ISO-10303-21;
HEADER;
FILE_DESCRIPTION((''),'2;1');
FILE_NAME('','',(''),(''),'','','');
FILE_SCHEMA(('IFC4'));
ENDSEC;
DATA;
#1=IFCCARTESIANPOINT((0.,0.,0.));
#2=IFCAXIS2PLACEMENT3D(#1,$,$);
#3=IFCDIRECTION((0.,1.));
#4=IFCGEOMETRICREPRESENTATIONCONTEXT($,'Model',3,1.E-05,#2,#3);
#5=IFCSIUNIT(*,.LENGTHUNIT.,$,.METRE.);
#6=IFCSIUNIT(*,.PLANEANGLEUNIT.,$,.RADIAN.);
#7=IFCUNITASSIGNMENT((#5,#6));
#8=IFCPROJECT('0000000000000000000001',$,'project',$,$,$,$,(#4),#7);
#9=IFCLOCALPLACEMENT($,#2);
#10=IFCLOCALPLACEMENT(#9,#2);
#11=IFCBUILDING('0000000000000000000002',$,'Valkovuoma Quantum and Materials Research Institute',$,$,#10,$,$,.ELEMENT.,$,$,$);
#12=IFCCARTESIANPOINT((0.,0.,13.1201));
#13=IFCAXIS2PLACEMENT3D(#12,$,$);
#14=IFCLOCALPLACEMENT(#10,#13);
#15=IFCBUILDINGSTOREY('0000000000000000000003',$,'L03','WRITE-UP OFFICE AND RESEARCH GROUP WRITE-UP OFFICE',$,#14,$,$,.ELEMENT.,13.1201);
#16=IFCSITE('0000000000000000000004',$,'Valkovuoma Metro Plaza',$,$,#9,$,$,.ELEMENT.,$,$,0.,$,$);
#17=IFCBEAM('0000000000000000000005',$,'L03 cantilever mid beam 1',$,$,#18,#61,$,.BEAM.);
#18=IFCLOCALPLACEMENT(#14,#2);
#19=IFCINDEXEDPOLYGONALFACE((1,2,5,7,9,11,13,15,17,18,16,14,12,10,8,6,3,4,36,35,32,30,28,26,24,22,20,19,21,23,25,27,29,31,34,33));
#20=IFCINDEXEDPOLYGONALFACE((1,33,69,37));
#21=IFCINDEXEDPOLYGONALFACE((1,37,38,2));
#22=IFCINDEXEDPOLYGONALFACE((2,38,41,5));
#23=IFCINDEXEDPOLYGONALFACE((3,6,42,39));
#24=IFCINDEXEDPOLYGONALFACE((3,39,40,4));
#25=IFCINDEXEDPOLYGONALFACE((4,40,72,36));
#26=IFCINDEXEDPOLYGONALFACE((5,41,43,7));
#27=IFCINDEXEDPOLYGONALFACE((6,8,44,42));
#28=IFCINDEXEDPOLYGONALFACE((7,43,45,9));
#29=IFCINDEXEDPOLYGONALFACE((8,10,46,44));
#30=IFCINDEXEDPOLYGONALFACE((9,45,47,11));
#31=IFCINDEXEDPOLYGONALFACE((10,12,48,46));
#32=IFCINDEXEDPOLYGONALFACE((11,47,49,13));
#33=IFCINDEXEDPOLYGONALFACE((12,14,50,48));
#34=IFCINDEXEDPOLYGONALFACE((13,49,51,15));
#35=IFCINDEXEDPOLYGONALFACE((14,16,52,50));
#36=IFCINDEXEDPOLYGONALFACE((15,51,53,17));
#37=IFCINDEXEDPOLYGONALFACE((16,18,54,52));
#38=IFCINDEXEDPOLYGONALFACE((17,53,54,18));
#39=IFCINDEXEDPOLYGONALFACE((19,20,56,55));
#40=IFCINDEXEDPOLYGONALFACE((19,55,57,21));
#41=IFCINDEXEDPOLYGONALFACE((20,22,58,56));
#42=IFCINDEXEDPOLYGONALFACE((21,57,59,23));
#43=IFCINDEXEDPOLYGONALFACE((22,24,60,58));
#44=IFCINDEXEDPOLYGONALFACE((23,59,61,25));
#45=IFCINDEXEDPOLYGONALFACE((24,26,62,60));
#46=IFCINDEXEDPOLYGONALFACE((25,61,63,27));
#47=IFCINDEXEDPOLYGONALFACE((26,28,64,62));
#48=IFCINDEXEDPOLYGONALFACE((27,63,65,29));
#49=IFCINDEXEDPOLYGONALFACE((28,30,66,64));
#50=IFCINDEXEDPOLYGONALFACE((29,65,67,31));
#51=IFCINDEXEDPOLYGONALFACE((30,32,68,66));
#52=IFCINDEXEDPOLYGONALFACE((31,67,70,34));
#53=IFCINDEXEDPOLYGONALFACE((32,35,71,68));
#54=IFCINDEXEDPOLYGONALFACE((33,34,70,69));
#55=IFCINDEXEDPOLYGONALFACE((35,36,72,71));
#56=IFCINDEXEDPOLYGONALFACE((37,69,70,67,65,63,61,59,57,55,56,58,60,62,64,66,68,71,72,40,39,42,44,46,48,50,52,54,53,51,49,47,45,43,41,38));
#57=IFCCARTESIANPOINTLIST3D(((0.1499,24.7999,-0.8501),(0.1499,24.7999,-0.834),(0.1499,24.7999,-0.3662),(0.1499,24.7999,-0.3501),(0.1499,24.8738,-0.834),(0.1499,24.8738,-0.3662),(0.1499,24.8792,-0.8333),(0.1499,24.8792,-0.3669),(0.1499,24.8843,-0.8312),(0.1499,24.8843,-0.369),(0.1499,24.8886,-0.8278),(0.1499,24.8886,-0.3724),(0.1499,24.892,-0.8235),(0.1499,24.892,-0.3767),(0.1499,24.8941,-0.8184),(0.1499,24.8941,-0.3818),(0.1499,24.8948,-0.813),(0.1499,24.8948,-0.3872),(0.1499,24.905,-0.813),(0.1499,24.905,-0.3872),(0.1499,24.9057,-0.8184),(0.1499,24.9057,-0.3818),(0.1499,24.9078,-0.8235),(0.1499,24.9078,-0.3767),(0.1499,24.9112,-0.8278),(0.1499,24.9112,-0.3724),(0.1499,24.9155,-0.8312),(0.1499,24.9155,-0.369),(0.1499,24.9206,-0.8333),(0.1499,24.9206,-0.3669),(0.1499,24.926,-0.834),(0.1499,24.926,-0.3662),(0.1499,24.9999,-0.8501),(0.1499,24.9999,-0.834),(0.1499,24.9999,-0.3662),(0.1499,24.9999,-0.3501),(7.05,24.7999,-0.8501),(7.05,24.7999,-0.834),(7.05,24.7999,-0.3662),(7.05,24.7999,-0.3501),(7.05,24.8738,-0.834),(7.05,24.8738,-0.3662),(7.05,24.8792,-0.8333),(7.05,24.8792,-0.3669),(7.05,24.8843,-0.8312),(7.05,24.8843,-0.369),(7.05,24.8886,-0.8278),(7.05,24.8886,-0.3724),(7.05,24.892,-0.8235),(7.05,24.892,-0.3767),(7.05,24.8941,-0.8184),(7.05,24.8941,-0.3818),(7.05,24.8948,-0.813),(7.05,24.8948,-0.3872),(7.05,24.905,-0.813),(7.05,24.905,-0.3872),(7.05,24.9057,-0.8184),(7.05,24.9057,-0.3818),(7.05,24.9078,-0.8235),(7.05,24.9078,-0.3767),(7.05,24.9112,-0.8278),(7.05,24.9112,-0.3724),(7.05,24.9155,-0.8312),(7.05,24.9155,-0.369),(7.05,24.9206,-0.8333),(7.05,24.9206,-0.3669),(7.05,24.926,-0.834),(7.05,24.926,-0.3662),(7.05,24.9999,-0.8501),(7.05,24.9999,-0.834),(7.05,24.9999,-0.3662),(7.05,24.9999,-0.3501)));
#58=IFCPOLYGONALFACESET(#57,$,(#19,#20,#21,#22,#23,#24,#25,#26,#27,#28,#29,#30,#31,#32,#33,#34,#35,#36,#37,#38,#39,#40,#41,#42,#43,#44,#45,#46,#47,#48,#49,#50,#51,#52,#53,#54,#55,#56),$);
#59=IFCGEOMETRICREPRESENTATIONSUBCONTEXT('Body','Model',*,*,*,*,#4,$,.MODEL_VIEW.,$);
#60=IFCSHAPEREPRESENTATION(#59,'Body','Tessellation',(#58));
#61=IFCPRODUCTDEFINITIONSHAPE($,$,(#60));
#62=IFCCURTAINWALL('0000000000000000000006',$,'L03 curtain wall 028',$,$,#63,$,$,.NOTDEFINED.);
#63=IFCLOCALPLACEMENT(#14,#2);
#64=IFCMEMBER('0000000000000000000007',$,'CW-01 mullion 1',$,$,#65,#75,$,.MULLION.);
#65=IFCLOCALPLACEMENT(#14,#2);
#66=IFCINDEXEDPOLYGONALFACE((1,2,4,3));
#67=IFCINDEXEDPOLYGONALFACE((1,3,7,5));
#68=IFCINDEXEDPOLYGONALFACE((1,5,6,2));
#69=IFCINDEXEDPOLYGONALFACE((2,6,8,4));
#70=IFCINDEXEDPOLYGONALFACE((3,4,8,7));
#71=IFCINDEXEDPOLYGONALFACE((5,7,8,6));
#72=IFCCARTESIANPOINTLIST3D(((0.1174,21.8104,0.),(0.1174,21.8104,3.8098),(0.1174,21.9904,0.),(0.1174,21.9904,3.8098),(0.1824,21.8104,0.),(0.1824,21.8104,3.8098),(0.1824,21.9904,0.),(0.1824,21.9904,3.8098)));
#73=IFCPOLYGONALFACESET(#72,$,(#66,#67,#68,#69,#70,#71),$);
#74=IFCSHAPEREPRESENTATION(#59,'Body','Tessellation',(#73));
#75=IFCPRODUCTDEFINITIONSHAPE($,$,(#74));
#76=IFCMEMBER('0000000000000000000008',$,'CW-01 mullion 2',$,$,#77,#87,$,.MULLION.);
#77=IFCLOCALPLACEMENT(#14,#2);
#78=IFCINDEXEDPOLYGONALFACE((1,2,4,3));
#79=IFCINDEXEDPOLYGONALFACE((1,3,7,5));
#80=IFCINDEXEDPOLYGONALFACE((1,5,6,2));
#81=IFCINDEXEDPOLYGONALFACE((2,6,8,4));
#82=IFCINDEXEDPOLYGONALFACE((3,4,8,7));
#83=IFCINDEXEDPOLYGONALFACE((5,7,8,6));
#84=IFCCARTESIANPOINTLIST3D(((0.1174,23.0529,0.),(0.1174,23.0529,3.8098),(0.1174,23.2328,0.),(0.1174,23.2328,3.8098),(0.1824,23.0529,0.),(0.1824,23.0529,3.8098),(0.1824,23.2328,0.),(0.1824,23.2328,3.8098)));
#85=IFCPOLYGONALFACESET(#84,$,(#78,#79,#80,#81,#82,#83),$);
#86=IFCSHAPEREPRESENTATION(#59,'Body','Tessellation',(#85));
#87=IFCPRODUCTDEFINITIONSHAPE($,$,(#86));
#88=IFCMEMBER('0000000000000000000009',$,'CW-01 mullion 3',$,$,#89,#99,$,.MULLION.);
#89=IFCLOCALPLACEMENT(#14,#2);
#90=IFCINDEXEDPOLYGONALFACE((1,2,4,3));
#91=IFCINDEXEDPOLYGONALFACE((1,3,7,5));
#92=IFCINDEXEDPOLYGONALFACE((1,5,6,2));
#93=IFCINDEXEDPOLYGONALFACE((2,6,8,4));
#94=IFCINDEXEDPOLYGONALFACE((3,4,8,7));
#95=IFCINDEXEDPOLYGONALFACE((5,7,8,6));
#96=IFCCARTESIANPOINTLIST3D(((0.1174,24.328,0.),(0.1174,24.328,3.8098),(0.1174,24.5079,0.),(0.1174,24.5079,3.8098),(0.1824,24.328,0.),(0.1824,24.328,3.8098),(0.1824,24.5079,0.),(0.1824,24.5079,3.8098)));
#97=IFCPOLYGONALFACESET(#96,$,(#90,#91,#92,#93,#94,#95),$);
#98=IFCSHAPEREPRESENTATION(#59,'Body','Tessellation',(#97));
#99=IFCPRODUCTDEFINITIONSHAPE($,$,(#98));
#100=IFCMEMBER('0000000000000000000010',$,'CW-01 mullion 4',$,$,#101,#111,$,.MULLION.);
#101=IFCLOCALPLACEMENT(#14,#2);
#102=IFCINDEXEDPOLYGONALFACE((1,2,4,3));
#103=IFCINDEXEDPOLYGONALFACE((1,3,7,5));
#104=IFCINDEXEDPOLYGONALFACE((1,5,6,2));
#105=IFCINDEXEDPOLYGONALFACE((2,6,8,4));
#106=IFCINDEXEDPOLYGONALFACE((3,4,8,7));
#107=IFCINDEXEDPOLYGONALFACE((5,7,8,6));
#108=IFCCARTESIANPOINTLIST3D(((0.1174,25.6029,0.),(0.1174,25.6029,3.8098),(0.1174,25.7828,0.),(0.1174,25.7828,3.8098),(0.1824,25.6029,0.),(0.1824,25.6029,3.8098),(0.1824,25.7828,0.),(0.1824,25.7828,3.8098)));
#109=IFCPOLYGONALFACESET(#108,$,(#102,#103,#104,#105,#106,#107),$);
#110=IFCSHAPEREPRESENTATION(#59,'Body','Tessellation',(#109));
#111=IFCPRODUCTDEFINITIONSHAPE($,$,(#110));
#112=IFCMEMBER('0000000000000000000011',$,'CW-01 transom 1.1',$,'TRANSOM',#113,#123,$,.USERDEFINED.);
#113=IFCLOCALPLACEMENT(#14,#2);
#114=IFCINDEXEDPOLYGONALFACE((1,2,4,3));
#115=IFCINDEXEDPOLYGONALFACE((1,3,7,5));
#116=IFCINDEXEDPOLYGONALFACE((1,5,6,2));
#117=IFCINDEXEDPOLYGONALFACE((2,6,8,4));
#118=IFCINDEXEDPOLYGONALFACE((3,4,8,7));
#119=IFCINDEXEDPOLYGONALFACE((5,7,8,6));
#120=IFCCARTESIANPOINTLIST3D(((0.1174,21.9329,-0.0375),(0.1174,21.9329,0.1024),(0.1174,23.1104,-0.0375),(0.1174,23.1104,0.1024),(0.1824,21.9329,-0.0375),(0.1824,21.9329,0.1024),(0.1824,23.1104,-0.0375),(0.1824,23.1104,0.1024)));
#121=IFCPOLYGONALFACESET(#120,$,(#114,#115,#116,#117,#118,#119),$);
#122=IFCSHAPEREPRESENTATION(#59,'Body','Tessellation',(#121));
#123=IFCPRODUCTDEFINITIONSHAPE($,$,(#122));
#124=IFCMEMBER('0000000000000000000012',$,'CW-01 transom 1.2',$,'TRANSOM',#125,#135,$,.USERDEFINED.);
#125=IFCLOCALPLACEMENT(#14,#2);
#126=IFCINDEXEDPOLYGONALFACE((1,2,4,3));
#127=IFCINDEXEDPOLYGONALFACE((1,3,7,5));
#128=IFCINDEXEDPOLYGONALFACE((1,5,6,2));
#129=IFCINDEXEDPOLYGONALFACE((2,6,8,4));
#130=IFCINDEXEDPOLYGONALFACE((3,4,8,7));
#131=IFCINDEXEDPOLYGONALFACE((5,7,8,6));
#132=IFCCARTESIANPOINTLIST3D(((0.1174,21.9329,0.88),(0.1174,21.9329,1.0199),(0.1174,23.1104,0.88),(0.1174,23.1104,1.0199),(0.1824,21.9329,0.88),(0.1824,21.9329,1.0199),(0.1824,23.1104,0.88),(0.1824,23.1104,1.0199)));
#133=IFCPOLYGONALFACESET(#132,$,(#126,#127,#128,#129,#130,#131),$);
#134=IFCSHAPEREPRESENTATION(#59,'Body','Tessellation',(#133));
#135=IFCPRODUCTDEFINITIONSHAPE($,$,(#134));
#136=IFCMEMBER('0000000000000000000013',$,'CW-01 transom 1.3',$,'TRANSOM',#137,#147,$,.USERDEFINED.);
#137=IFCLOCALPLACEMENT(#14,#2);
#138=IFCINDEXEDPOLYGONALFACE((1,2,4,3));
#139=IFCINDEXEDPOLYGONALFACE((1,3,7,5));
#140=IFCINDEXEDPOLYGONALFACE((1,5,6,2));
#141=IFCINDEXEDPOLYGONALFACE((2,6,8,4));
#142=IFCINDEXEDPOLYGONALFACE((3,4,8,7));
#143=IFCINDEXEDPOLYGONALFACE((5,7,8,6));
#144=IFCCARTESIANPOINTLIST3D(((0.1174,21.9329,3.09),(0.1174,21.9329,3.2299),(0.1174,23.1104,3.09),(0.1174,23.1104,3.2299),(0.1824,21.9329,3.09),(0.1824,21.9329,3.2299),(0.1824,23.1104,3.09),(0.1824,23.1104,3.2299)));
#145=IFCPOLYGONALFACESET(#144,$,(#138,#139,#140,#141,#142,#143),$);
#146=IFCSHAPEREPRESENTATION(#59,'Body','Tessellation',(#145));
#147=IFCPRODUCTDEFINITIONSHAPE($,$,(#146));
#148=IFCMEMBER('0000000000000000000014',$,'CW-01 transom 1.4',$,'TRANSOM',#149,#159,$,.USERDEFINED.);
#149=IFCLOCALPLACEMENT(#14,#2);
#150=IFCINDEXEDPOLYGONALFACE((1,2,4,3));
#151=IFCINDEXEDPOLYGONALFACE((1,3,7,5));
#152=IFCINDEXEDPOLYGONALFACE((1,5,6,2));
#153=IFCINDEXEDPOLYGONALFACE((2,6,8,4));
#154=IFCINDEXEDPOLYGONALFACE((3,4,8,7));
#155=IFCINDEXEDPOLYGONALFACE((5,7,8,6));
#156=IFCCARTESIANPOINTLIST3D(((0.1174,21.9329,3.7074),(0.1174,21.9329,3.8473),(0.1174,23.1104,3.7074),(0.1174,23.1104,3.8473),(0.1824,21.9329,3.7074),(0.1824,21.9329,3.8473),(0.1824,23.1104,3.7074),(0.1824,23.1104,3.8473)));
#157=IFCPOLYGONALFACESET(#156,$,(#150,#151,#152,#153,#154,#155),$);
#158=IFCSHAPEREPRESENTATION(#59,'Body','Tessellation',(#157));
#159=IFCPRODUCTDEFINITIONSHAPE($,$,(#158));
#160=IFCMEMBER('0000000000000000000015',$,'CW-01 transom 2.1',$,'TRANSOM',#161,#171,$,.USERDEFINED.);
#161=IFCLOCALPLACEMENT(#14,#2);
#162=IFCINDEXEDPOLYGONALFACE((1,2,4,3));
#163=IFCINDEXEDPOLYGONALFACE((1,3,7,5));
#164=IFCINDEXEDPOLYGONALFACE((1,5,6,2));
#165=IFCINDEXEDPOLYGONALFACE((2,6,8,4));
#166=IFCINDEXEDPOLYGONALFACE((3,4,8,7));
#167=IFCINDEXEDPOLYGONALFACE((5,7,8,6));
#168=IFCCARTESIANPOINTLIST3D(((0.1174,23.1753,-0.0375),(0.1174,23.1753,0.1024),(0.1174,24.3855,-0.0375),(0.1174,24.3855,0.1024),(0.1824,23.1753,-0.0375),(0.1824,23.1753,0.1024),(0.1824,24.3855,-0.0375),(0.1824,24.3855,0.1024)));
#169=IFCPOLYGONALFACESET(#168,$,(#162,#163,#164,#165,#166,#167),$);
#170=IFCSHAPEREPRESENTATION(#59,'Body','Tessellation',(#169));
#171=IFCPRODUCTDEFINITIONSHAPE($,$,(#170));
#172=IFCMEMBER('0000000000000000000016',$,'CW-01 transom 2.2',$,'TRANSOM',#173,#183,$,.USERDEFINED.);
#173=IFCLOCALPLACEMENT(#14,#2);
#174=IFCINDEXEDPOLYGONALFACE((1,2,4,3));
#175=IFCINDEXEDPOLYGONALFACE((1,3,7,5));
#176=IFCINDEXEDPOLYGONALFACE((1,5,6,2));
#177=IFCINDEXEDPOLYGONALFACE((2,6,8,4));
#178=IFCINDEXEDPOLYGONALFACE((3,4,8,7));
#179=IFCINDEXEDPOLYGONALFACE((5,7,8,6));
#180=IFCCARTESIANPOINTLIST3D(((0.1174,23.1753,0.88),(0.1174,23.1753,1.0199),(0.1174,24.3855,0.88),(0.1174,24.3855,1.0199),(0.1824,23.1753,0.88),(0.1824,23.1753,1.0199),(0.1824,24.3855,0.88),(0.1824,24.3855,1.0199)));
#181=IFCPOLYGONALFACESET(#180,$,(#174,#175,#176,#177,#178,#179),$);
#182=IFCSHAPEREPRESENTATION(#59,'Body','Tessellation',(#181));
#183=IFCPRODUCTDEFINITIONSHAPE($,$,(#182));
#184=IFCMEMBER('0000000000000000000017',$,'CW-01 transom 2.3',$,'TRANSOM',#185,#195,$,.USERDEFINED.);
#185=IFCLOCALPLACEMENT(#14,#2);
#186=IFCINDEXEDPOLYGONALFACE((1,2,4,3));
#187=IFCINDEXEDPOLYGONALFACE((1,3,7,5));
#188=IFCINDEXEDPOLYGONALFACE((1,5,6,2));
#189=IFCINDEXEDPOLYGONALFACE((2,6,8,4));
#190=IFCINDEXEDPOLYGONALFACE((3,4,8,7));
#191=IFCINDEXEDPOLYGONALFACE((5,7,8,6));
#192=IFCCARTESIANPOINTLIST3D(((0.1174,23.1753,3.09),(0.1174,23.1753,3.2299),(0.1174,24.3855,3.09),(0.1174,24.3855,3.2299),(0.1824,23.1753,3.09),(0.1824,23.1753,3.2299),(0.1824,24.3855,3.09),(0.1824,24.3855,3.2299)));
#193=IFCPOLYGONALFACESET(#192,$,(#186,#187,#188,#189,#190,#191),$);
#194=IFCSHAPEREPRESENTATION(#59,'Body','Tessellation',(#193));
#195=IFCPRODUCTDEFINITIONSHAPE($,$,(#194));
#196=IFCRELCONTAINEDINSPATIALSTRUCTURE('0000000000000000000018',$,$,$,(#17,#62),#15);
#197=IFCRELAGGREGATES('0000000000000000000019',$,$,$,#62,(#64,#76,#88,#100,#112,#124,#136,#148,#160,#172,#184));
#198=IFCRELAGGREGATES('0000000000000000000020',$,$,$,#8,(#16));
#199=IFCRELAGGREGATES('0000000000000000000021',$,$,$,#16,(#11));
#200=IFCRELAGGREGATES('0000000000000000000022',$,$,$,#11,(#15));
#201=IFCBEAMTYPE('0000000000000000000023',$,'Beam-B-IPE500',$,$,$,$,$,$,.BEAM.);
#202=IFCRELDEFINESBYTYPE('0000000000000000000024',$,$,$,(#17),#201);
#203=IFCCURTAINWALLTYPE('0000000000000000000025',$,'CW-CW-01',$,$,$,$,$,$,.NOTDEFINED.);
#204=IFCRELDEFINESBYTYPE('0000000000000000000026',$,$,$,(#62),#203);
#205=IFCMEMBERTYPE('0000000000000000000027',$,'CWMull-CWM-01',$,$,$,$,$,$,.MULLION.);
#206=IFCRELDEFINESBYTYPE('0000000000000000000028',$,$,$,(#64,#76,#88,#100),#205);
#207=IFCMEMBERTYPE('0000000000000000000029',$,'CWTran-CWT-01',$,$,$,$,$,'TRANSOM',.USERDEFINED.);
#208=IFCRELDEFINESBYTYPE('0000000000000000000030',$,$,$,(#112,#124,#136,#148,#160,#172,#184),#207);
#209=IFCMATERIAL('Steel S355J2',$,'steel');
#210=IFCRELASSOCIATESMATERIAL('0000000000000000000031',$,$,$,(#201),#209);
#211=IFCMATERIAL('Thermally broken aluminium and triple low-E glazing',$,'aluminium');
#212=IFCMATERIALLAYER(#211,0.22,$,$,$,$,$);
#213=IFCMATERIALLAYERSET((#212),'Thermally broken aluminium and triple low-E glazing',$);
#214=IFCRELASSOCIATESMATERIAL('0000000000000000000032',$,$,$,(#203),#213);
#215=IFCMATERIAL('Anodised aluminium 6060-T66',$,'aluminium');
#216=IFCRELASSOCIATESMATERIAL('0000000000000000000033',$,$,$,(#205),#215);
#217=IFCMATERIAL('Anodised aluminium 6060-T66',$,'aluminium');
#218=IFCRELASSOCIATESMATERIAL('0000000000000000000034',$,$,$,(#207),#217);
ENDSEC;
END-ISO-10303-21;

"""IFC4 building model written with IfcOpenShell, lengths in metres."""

from ifc_helpers import new_model, si_unit, direction, frame, origin, origin_2d, place, context, subcontext, project, spatial, rectangle, i_section, extrude, material, layer, layer_set, material_profile, profile_set, type_object, element, aggregate, save


model = new_model("IFC4")

# Units and contexts
model_context = context("Model", 3, precision=1e-05, world=origin(), true_north=direction((0.0, 1.0)))
body_context = subcontext(model_context, "Body", "Model", "MODEL_VIEW")
ifc_project = project(units=[si_unit("LENGTHUNIT", "METRE"), si_unit("PLANEANGLEUNIT", "RADIAN")], contexts=[model_context])

# Site, building, storey
site_placement = place(None, origin())
site = spatial("IfcSite", under=ifc_project, at=site_placement, Name="Valkovuoma Metro Plaza", CompositionType="ELEMENT", RefElevation=0.0)
building_placement = place(site_placement, origin())
building = spatial("IfcBuilding", under=site, at=building_placement, Name="Valkovuoma Quantum and Materials Research Institute", CompositionType="ELEMENT")
storey_placement = place(building_placement, frame((0.0, 0.0, 13.1201)))
storey = spatial("IfcBuildingStorey", under=building, at=storey_placement, Name="L03", Description="WRITE-UP OFFICE AND RESEARCH GROUP WRITE-UP OFFICE", CompositionType="ELEMENT", Elevation=13.1201)

# Beam
ifc_material_1 = material(Name="Steel S355J2", Category="steel")
ifc_material_profile_1 = material_profile(ifc_material_1, i_section(OverallWidth=0.2, OverallDepth=0.5, WebThickness=0.0103, FlangeThickness=0.0161, FilletRadius=0.021, at=origin_2d()), Name="Steel S355J2")
ifc_profile_set_1 = profile_set([ifc_material_profile_1], Name="Steel S355J2")
beam_type = type_object("IfcBeamType", Name="Beam-B-IPE500", PredefinedType="BEAM", material=ifc_profile_set_1)
beam_placement = place(storey_placement, frame((0.1499, 24.8999, -0.6001), z_axis=(1.0, 0.0, 0.0), x_axis=(0.0, 1.0, 0.0)))
element("IfcBeam", 1, at=beam_placement, inside=storey, type_object=beam_type, Name="L03 cantilever mid beam 1", PredefinedType="BEAM", context=body_context, shape_type="SweptSolid", body=[
    extrude(i_section(OverallWidth=0.2, OverallDepth=0.5, WebThickness=0.0103, FlangeThickness=0.0161, FilletRadius=0.021, at=origin_2d()), origin(), (0.0, 0.0, 1.0), 6.9001),
])

# Curtain wall, members
ifc_material_2 = material(Name="Thermally broken aluminium and triple low-E glazing", Category="aluminium")
ifc_layer_1 = layer(ifc_material_2, 0.22)
ifc_layer_set_1 = layer_set([ifc_layer_1], Name="Thermally broken aluminium and triple low-E glazing")
curtain_wall_type = type_object("IfcCurtainWallType", Name="CW-CW-01", PredefinedType="NOTDEFINED", material=ifc_layer_set_1)
curtain_wall_placement = place(storey_placement, origin())
curtain_wall = element("IfcCurtainWall", 2, at=curtain_wall_placement, inside=storey, type_object=curtain_wall_type, Name="L03 curtain wall 028", PredefinedType="NOTDEFINED")
ifc_material_3 = material(Name="Anodised aluminium 6060-T66", Category="aluminium")
ifc_material_profile_2 = material_profile(ifc_material_3, rectangle(XDim=0.0649, YDim=0.1799, at=origin_2d()), Name="Anodised aluminium 6060-T66")
ifc_profile_set_2 = profile_set([ifc_material_profile_2], Name="Anodised aluminium 6060-T66")
member_type_1 = type_object("IfcMemberType", Name="CWMull-CWM-01", PredefinedType="MULLION", material=ifc_profile_set_2)
member_1_placement = place(storey_placement, frame((0.1499, 21.9004, 0.0), z_axis=(0.0, 0.0, 1.0), x_axis=(-1.0, 0.0, 0.0)))
member_1 = element("IfcMember", 3, at=member_1_placement, type_object=member_type_1, Name="CW-01 mullion 1", PredefinedType="MULLION", context=body_context, shape_type="SweptSolid", body=[
    extrude(rectangle(XDim=0.0649, YDim=0.1799, at=origin_2d()), origin(), (0.0, 0.0, 1.0), 3.8098),
])
member_2_placement = place(storey_placement, frame((0.1499, 23.1428, 0.0), z_axis=(0.0, 0.0, 1.0), x_axis=(-1.0, 0.0, 0.0)))
member_2 = element("IfcMember", 4, at=member_2_placement, type_object=member_type_1, Name="CW-01 mullion 2", PredefinedType="MULLION", context=body_context, shape_type="SweptSolid", body=[
    extrude(rectangle(XDim=0.0649, YDim=0.1799, at=origin_2d()), origin(), (0.0, 0.0, 1.0), 3.8098),
])
member_3_placement = place(storey_placement, frame((0.1499, 24.418, 0.0), z_axis=(0.0, 0.0, 1.0), x_axis=(-1.0, 0.0, 0.0)))
member_3 = element("IfcMember", 5, at=member_3_placement, type_object=member_type_1, Name="CW-01 mullion 3", PredefinedType="MULLION", context=body_context, shape_type="SweptSolid", body=[
    extrude(rectangle(XDim=0.0649, YDim=0.1799, at=origin_2d()), origin(), (0.0, 0.0, 1.0), 3.8098),
])
member_4_placement = place(storey_placement, frame((0.1499, 25.6929, 0.0), z_axis=(0.0, 0.0, 1.0), x_axis=(-1.0, 0.0, 0.0)))
member_4 = element("IfcMember", 6, at=member_4_placement, type_object=member_type_1, Name="CW-01 mullion 4", PredefinedType="MULLION", context=body_context, shape_type="SweptSolid", body=[
    extrude(rectangle(XDim=0.0649, YDim=0.1799, at=origin_2d()), origin(), (0.0, 0.0, 1.0), 3.8098),
])
ifc_material_4 = material(Name="Anodised aluminium 6060-T66", Category="aluminium")
ifc_material_profile_3 = material_profile(ifc_material_4, rectangle(XDim=0.0649, YDim=0.1399, at=origin_2d()), Name="Anodised aluminium 6060-T66")
ifc_profile_set_3 = profile_set([ifc_material_profile_3], Name="Anodised aluminium 6060-T66")
member_type_2 = type_object("IfcMemberType", Name="CWTran-CWT-01", ElementType="TRANSOM", PredefinedType="USERDEFINED", material=ifc_profile_set_3)
member_5_placement = place(storey_placement, frame((0.1499, 21.9329, 0.0325), z_axis=(0.0, 1.0, 0.0), x_axis=(-1.0, 0.0, 0.0)))
member_5 = element("IfcMember", 7, at=member_5_placement, type_object=member_type_2, Name="CW-01 transom 1.1", ObjectType="TRANSOM", PredefinedType="USERDEFINED", context=body_context, shape_type="SweptSolid", body=[
    extrude(rectangle(XDim=0.0649, YDim=0.1399, at=origin_2d()), origin(), (0.0, 0.0, 1.0), 1.1775),
])
member_6_placement = place(storey_placement, frame((0.1499, 21.9329, 0.95), z_axis=(0.0, 1.0, 0.0), x_axis=(-1.0, 0.0, 0.0)))
member_6 = element("IfcMember", 8, at=member_6_placement, type_object=member_type_2, Name="CW-01 transom 1.2", ObjectType="TRANSOM", PredefinedType="USERDEFINED", context=body_context, shape_type="SweptSolid", body=[
    extrude(rectangle(XDim=0.0649, YDim=0.1399, at=origin_2d()), origin(), (0.0, 0.0, 1.0), 1.1775),
])
member_7_placement = place(storey_placement, frame((0.1499, 21.9329, 3.1599), z_axis=(0.0, 1.0, 0.0), x_axis=(-1.0, 0.0, 0.0)))
member_7 = element("IfcMember", 9, at=member_7_placement, type_object=member_type_2, Name="CW-01 transom 1.3", ObjectType="TRANSOM", PredefinedType="USERDEFINED", context=body_context, shape_type="SweptSolid", body=[
    extrude(rectangle(XDim=0.0649, YDim=0.1399, at=origin_2d()), origin(), (0.0, 0.0, 1.0), 1.1775),
])
member_8_placement = place(storey_placement, frame((0.1499, 21.9329, 3.7773), z_axis=(0.0, 1.0, 0.0), x_axis=(-1.0, 0.0, 0.0)))
member_8 = element("IfcMember", 10, at=member_8_placement, type_object=member_type_2, Name="CW-01 transom 1.4", ObjectType="TRANSOM", PredefinedType="USERDEFINED", context=body_context, shape_type="SweptSolid", body=[
    extrude(rectangle(XDim=0.0649, YDim=0.1399, at=origin_2d()), origin(), (0.0, 0.0, 1.0), 1.1775),
])
member_9_placement = place(storey_placement, frame((0.1499, 23.1753, 0.0325), z_axis=(0.0, 1.0, 0.0), x_axis=(-1.0, 0.0, 0.0)))
member_9 = element("IfcMember", 11, at=member_9_placement, type_object=member_type_2, Name="CW-01 transom 2.1", ObjectType="TRANSOM", PredefinedType="USERDEFINED", context=body_context, shape_type="SweptSolid", body=[
    extrude(rectangle(XDim=0.0649, YDim=0.1399, at=origin_2d()), origin(), (0.0, 0.0, 1.0), 1.2102),
])
member_10_placement = place(storey_placement, frame((0.1499, 23.1753, 0.95), z_axis=(0.0, 1.0, 0.0), x_axis=(-1.0, 0.0, 0.0)))
member_10 = element("IfcMember", 12, at=member_10_placement, type_object=member_type_2, Name="CW-01 transom 2.2", ObjectType="TRANSOM", PredefinedType="USERDEFINED", context=body_context, shape_type="SweptSolid", body=[
    extrude(rectangle(XDim=0.0649, YDim=0.1399, at=origin_2d()), origin(), (0.0, 0.0, 1.0), 1.2102),
])
member_11_placement = place(storey_placement, frame((0.1499, 23.1753, 3.1599), z_axis=(0.0, 1.0, 0.0), x_axis=(-1.0, 0.0, 0.0)))
member_11 = element("IfcMember", 13, at=member_11_placement, type_object=member_type_2, Name="CW-01 transom 2.3", ObjectType="TRANSOM", PredefinedType="USERDEFINED", context=body_context, shape_type="SweptSolid", body=[
    extrude(rectangle(XDim=0.0649, YDim=0.1399, at=origin_2d()), origin(), (0.0, 0.0, 1.0), 1.2102),
])
aggregate(curtain_wall, [member_1, member_2, member_3, member_4, member_5, member_6, member_7, member_8, member_9, member_10, member_11])

save(model, "model.ifc")
